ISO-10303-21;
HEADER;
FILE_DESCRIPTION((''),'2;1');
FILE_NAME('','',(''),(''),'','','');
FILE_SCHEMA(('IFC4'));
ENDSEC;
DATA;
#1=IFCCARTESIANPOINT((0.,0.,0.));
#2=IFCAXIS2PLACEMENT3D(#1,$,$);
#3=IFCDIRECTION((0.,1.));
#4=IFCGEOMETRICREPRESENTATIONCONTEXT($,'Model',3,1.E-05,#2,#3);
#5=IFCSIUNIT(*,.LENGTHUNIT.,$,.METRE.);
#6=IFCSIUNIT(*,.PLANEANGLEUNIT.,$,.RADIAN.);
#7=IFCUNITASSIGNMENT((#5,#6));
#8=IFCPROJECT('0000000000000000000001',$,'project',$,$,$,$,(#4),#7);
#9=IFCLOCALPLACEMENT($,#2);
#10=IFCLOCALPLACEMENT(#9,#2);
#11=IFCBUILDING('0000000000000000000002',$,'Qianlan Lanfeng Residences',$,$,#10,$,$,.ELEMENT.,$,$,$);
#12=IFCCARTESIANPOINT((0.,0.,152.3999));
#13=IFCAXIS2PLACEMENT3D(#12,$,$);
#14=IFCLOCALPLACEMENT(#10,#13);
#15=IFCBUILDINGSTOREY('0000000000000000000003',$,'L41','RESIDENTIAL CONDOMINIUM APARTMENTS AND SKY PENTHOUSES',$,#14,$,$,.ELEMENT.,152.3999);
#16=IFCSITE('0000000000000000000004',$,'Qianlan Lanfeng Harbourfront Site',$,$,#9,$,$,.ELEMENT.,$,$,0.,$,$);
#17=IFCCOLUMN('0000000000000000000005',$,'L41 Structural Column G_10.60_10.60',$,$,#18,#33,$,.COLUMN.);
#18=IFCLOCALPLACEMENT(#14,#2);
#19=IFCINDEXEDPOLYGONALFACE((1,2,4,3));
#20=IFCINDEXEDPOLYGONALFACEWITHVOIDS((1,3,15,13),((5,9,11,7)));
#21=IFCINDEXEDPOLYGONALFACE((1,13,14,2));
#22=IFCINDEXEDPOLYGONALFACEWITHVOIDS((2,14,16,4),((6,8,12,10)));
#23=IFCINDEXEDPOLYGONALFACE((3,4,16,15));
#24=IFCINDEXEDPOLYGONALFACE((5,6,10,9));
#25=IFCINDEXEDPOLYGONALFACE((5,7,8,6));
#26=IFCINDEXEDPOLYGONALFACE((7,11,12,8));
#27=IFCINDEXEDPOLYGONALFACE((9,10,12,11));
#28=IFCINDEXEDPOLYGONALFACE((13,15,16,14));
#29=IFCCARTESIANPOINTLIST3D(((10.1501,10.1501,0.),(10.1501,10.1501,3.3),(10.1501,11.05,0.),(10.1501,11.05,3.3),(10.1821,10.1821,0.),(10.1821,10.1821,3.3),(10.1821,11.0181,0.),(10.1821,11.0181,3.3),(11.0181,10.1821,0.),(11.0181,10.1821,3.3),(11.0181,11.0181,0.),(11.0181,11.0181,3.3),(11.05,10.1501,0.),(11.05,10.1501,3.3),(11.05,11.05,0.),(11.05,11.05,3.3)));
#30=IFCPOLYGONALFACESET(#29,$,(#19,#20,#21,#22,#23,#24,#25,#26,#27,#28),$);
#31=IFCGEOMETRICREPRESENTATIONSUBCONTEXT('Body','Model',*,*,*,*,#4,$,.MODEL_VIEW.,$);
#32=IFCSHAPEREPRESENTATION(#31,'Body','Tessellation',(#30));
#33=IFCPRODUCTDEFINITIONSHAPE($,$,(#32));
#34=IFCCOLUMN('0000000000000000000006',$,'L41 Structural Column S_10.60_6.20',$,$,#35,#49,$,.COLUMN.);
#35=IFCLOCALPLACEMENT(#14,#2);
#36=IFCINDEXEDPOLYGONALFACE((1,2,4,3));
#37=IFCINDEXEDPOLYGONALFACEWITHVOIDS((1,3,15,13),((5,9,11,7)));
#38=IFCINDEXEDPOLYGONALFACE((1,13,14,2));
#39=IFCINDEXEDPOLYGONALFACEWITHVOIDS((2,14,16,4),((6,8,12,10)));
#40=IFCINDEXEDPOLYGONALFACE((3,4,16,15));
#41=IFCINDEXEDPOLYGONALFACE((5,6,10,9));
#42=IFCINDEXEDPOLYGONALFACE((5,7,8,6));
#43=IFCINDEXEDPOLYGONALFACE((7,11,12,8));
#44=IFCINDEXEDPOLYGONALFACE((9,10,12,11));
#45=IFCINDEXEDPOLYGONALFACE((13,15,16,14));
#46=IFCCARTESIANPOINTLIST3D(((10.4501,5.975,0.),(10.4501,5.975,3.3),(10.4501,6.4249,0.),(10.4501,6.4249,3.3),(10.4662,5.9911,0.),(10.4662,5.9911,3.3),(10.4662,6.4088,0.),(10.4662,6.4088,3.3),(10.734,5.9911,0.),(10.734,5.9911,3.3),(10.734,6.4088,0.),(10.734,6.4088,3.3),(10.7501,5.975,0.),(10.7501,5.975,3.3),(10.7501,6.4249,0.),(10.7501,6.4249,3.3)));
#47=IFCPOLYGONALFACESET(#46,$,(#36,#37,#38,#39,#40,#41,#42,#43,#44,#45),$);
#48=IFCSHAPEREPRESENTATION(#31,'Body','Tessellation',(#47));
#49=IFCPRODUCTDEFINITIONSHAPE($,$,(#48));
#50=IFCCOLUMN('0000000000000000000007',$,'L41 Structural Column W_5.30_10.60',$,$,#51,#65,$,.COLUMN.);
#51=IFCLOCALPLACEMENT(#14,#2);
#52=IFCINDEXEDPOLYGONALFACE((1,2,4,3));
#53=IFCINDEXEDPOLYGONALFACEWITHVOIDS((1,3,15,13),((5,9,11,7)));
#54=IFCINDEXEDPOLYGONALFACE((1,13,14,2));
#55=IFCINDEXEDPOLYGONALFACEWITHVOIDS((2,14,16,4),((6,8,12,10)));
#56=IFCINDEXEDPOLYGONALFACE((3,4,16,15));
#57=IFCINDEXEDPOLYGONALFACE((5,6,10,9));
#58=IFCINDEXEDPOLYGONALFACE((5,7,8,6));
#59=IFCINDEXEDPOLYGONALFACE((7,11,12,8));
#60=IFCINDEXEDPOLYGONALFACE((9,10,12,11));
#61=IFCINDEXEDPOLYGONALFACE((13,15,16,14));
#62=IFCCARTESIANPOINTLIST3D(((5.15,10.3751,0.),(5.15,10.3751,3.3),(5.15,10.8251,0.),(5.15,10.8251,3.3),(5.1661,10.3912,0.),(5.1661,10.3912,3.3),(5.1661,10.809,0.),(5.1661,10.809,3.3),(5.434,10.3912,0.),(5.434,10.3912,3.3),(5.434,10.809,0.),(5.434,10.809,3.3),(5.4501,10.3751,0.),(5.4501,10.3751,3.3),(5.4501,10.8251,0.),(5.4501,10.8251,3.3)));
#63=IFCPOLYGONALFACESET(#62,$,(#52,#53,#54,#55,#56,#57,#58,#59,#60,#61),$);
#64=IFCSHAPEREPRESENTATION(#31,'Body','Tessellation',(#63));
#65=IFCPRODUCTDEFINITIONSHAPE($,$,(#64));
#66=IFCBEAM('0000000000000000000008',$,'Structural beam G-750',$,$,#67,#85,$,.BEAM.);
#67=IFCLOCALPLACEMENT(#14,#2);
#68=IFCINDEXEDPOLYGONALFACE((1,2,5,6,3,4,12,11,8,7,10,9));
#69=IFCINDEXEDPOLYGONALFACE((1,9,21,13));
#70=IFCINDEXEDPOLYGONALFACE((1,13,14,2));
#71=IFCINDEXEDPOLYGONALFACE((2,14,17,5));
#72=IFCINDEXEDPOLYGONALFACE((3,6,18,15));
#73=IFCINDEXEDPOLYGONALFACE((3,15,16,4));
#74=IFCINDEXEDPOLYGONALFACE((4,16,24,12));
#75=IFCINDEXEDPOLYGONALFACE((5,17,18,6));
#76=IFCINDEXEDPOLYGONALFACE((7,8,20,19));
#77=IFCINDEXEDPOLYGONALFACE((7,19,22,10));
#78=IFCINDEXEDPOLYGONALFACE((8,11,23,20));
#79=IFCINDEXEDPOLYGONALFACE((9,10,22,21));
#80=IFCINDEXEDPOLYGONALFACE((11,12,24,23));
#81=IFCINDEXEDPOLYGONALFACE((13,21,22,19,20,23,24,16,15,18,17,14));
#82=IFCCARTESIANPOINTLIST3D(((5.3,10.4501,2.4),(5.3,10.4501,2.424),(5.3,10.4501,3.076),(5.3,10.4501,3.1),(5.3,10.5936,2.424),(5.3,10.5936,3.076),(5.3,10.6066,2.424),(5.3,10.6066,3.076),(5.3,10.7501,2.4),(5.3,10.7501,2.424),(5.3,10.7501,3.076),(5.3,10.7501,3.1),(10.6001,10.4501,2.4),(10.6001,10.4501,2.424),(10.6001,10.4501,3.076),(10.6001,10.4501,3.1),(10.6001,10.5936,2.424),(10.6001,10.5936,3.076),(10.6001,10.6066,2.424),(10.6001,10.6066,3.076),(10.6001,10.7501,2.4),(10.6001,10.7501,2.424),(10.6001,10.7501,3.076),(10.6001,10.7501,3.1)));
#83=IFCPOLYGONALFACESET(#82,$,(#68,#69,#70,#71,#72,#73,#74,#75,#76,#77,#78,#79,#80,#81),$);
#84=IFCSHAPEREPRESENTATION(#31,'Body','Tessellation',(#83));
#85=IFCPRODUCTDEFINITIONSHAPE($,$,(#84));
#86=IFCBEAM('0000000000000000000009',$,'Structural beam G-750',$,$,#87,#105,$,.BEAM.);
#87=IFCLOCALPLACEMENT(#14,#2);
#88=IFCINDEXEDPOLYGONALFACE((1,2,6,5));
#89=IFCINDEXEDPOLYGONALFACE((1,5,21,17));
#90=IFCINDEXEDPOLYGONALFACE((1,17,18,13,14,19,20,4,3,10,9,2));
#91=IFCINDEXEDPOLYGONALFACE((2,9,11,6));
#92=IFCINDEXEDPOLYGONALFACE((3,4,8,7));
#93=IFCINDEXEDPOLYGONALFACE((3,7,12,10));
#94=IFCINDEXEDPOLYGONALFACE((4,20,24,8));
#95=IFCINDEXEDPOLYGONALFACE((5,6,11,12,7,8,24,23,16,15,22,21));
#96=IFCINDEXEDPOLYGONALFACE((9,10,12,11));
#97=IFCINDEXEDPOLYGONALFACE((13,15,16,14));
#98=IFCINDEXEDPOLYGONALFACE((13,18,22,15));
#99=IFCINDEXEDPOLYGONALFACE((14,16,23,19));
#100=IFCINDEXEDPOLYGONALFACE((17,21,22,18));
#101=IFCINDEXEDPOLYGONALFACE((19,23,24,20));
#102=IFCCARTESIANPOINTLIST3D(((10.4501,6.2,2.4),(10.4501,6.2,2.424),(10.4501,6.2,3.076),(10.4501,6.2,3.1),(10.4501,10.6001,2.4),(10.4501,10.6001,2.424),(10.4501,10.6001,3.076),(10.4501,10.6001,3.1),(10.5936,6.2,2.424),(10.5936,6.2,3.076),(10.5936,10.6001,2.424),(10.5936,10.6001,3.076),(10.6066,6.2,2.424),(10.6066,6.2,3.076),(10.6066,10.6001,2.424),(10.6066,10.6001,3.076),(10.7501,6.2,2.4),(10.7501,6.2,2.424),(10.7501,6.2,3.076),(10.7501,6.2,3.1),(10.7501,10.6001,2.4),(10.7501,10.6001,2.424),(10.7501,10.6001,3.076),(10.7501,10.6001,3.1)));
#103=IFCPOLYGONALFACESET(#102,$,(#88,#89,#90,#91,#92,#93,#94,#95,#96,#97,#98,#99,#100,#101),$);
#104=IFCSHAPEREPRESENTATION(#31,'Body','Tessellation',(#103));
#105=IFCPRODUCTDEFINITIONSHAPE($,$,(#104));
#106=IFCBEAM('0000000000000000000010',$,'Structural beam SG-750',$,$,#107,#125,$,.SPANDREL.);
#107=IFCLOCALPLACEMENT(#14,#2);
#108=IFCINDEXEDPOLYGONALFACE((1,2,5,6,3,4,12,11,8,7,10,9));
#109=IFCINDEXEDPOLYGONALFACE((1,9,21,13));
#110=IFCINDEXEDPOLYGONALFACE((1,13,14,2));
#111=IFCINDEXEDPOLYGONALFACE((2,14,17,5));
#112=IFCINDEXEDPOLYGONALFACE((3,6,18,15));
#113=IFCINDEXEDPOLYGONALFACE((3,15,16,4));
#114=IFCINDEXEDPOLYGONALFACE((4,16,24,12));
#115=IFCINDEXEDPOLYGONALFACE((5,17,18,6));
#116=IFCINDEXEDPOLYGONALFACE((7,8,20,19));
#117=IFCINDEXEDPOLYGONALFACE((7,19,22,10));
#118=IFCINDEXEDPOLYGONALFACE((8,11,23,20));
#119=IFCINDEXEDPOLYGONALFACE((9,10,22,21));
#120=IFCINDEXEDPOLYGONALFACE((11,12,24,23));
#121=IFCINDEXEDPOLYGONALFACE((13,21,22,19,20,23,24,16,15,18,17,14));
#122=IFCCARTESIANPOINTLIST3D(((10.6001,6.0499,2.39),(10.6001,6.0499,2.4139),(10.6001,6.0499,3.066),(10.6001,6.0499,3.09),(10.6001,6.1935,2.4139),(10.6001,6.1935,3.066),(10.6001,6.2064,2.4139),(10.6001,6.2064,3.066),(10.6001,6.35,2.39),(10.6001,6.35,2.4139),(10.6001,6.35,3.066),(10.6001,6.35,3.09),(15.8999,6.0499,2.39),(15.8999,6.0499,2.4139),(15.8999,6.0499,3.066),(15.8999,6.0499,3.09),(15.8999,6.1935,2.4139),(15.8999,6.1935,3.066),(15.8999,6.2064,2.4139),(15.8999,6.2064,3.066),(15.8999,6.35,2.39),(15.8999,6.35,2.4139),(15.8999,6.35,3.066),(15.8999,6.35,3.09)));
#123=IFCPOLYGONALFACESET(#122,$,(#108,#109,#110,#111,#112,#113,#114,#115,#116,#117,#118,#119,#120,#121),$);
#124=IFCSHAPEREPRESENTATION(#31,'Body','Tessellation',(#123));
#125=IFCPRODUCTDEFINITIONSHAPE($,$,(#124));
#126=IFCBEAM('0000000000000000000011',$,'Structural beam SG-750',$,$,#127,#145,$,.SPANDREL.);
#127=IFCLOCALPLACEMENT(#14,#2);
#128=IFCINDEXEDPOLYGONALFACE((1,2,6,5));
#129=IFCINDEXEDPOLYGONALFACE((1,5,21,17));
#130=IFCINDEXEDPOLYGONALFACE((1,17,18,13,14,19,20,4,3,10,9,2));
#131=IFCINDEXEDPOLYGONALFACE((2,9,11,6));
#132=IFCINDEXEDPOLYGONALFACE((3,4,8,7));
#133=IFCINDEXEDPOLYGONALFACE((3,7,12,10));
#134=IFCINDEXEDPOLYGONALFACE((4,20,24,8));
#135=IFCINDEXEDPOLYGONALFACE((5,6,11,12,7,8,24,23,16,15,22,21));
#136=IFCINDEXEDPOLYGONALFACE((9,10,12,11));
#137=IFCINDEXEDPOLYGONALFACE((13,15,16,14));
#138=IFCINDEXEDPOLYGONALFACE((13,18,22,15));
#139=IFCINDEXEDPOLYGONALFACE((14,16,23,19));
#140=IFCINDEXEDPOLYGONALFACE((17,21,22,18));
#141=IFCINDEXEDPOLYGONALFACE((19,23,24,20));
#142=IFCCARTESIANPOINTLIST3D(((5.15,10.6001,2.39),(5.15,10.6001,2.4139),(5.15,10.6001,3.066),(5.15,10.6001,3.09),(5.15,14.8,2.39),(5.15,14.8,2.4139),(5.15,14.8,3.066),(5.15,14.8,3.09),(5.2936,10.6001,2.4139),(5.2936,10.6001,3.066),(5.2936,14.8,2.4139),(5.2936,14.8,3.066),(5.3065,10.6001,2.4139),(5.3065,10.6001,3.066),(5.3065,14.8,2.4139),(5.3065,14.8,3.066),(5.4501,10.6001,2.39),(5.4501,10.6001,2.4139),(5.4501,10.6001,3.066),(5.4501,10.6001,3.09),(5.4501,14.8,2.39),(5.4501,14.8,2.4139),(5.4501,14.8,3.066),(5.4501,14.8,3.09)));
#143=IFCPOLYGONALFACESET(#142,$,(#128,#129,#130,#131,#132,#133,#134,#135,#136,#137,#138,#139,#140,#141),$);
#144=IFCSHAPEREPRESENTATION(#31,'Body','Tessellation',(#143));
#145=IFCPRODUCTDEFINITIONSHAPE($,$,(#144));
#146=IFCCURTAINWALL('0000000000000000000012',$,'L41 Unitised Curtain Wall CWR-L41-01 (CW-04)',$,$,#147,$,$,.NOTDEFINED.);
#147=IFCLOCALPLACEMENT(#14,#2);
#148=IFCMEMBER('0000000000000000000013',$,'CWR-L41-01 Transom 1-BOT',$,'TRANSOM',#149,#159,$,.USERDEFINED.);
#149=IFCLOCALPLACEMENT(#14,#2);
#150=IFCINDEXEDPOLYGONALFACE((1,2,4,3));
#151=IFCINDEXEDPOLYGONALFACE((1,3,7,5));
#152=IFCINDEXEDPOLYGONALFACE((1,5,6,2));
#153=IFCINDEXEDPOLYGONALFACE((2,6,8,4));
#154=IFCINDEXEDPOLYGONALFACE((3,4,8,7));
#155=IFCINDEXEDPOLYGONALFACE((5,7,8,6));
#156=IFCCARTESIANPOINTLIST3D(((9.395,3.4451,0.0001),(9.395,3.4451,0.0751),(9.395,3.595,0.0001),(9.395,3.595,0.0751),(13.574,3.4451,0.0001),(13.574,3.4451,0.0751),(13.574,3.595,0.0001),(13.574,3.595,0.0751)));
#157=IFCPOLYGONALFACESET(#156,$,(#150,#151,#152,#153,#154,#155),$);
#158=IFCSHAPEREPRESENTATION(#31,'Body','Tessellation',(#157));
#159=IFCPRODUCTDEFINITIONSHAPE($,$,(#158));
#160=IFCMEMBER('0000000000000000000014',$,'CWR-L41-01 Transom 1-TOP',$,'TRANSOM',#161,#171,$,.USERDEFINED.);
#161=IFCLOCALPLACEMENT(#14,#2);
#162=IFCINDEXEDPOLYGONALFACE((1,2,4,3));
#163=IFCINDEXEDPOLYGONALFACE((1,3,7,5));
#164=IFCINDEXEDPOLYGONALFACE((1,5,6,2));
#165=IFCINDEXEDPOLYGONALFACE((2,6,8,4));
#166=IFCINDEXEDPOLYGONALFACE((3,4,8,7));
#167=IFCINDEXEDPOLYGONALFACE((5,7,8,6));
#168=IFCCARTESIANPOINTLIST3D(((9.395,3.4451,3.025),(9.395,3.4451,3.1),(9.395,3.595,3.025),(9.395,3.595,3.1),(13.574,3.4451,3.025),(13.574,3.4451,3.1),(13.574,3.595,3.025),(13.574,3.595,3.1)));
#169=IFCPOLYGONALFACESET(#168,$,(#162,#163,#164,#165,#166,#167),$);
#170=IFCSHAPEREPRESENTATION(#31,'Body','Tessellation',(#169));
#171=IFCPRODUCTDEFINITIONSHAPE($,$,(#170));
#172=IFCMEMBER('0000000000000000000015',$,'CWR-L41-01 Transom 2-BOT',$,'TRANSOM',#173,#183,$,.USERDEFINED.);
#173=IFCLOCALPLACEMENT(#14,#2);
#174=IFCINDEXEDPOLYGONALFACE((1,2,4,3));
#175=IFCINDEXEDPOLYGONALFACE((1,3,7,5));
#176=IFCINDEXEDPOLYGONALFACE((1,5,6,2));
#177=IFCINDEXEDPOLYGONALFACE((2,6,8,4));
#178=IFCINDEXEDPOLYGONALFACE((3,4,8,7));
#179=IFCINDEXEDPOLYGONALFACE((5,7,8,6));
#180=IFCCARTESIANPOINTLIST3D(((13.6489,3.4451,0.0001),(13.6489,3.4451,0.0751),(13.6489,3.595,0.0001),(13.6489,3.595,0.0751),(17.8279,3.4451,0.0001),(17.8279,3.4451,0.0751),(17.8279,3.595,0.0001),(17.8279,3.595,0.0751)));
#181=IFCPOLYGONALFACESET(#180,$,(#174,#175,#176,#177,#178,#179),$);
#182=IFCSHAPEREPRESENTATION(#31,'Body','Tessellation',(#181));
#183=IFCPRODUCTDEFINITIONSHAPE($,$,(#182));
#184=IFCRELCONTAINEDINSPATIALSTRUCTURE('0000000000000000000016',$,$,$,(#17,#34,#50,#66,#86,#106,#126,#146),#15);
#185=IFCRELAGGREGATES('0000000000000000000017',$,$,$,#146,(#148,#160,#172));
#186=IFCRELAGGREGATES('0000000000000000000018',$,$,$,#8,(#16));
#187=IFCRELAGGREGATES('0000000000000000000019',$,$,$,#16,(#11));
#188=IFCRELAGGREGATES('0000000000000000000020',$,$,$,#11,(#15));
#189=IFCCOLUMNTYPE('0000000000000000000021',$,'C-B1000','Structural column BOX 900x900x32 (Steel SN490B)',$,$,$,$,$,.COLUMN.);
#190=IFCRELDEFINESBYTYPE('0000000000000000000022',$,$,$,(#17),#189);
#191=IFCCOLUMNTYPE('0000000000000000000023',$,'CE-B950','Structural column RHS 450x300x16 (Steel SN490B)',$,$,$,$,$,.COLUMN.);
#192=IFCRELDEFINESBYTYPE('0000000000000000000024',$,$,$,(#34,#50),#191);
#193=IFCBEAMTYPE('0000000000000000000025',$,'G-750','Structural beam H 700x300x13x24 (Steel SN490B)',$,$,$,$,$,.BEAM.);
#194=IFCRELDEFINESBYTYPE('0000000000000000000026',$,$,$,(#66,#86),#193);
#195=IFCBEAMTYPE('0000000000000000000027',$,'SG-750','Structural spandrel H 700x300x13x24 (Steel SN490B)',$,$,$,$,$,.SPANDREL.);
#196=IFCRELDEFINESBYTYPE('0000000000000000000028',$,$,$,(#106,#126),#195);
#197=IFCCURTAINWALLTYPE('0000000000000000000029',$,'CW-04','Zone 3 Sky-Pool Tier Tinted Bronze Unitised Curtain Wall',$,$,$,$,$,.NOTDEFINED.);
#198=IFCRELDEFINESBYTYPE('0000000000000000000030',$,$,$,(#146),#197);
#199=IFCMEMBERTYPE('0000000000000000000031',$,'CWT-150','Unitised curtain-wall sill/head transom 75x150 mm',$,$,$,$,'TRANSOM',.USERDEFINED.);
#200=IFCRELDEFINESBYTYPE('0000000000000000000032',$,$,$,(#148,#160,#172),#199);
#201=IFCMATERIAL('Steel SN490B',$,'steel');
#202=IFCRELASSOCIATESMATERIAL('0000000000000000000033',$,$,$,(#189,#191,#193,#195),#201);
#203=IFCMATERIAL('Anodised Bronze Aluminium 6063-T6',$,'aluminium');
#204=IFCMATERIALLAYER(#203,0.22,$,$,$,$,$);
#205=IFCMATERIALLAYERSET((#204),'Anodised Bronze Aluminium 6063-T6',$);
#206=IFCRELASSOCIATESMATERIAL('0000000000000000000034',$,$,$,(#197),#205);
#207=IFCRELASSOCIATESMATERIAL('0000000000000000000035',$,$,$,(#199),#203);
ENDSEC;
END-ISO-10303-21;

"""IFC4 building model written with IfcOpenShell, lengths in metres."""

from ifc_helpers import new_model, si_unit, direction, frame, origin, origin_2d, place, context, subcontext, project, spatial, rectangle, hollow_rectangle, i_section, extrude, source, transform, mapped, material, layer, layer_set, material_profile, profile_set, type_object, element, aggregate, save


model = new_model("IFC4")

# Units and contexts
model_context = context("Model", 3, precision=1e-05, world=origin(), true_north=direction((0.0, 1.0)))
body_context = subcontext(model_context, "Body", "Model", "MODEL_VIEW")
ifc_project = project(units=[si_unit("LENGTHUNIT", "METRE"), si_unit("PLANEANGLEUNIT", "RADIAN")], contexts=[model_context])

# Site, building, storey
site_placement = place(None, origin())
site = spatial("IfcSite", under=ifc_project, at=site_placement, Name="Qianlan Lanfeng Harbourfront Site", CompositionType="ELEMENT", RefElevation=0.0)
building_placement = place(site_placement, origin())
building = spatial("IfcBuilding", under=site, at=building_placement, Name="Qianlan Lanfeng Residences", CompositionType="ELEMENT")
storey_placement = place(building_placement, frame((0.0, 0.0, 152.3999)))
storey = spatial("IfcBuildingStorey", under=building, at=storey_placement, Name="L41", Description="RESIDENTIAL CONDOMINIUM APARTMENTS AND SKY PENTHOUSES", CompositionType="ELEMENT", Elevation=152.3999)

# Columns
ifc_material_1 = material(Name="Steel SN490B", Category="steel")
ifc_material_profile_1 = material_profile(ifc_material_1, hollow_rectangle(XDim=0.8999, YDim=0.8999, WallThickness=0.032, at=origin_2d()), Name="BOX 900x900x32")
ifc_profile_set_1 = profile_set([ifc_material_profile_1], Name="Steel SN490B")
column_type_1 = type_object("IfcColumnType", Name="C-B1000", Description="Structural column BOX 900x900x32 (Steel SN490B)", PredefinedType="COLUMN", material=ifc_profile_set_1)
column_placement = place(storey_placement, frame((10.6001, 10.6001, 0.0), z_axis=(0.0, 0.0, 1.0), x_axis=(1.0, 0.0, 0.0)))
element("IfcColumn", 1, at=column_placement, inside=storey, type_object=column_type_1, Name="L41 Structural Column G_10.60_10.60", PredefinedType="COLUMN", context=body_context, shape_type="SweptSolid", body=[
    extrude(hollow_rectangle(XDim=0.8999, YDim=0.8999, WallThickness=0.032, at=origin_2d()), origin(), (0.0, 0.0, 1.0), 3.3),
])
ifc_material_profile_2 = material_profile(ifc_material_1, hollow_rectangle(XDim=0.3, YDim=0.45, WallThickness=0.0161, at=origin_2d()), Name="RHS 450x300x16")
ifc_profile_set_2 = profile_set([ifc_material_profile_2], Name="Steel SN490B")
column_type_2 = type_object("IfcColumnType", Name="CE-B950", Description="Structural column RHS 450x300x16 (Steel SN490B)", PredefinedType="COLUMN", material=ifc_profile_set_2)
for number, where, z_axis, x_axis, name in (
    (2, (10.6001, 6.2, 0.0), (0.0, 0.0, 1.0), (1.0, 0.0, 0.0), "L41 Structural Column S_10.60_6.20"),
    (3, (5.3, 10.6001, 0.0), (0.0, 0.0, 1.0), (1.0, 0.0, 0.0), "L41 Structural Column W_5.30_10.60"),
):
    element("IfcColumn", number, at=place(storey_placement, frame(where, z_axis=z_axis, x_axis=x_axis)), inside=storey, type_object=column_type_2, Name=name, PredefinedType="COLUMN", context=body_context, shape_type="SweptSolid", body=[
        extrude(hollow_rectangle(XDim=0.3, YDim=0.45, WallThickness=0.0161, at=origin_2d()), origin(), (0.0, 0.0, 1.0), 3.3),
    ])

# Beams
ifc_material_profile_3 = material_profile(ifc_material_1, i_section(OverallWidth=0.3, OverallDepth=0.7, WebThickness=0.0129, FlangeThickness=0.0239, at=origin_2d()), Name="H 700x300x13x24")
ifc_profile_set_3 = profile_set([ifc_material_profile_3], Name="Steel SN490B")
beam_type_1 = type_object("IfcBeamType", Name="G-750", Description="Structural beam H 700x300x13x24 (Steel SN490B)", PredefinedType="BEAM", material=ifc_profile_set_3)
beam_1_placement = place(storey_placement, frame((5.3, 10.6001, 2.75), z_axis=(1.0, 0.0, 0.0), x_axis=(0.0, 1.0, 0.0)))
element("IfcBeam", 4, at=beam_1_placement, inside=storey, type_object=beam_type_1, Name="Structural beam G-750", PredefinedType="BEAM", context=body_context, shape_type="SweptSolid", body=[
    extrude(i_section(OverallWidth=0.3, OverallDepth=0.7, WebThickness=0.0129, FlangeThickness=0.0239, at=origin_2d()), origin(), (0.0, 0.0, 1.0), 5.3),
])
beam_2_placement = place(storey_placement, frame((10.6001, 6.2, 2.75), z_axis=(0.0, 1.0, 0.0), x_axis=(-1.0, 0.0, 0.0)))
element("IfcBeam", 5, at=beam_2_placement, inside=storey, type_object=beam_type_1, Name="Structural beam G-750", PredefinedType="BEAM", context=body_context, shape_type="SweptSolid", body=[
    extrude(i_section(OverallWidth=0.3, OverallDepth=0.7, WebThickness=0.0129, FlangeThickness=0.0239, at=origin_2d()), origin(), (0.0, 0.0, 1.0), 4.4001),
])
ifc_material_profile_4 = material_profile(ifc_material_1, i_section(OverallWidth=0.3, OverallDepth=0.7, WebThickness=0.0129, FlangeThickness=0.0239, at=origin_2d()), Name="H 700x300x13x24")
ifc_profile_set_4 = profile_set([ifc_material_profile_4], Name="Steel SN490B")
beam_type_2 = type_object("IfcBeamType", Name="SG-750", Description="Structural spandrel H 700x300x13x24 (Steel SN490B)", PredefinedType="SPANDREL", material=ifc_profile_set_4)
beam_3_placement = place(storey_placement, frame((10.6001, 6.2, 2.74), z_axis=(1.0, 0.0, 0.0), x_axis=(0.0, 1.0, 0.0)))
element("IfcBeam", 6, at=beam_3_placement, inside=storey, type_object=beam_type_2, Name="Structural beam SG-750", PredefinedType="SPANDREL", context=body_context, shape_type="SweptSolid", body=[
    extrude(i_section(OverallWidth=0.3, OverallDepth=0.7, WebThickness=0.0129, FlangeThickness=0.0239, at=origin_2d()), origin(), (0.0, 0.0, 1.0), 5.2998),
])
beam_4_placement = place(storey_placement, frame((5.3, 10.6001, 2.74), z_axis=(0.0, 1.0, 0.0), x_axis=(-1.0, 0.0, 0.0)))
element("IfcBeam", 7, at=beam_4_placement, inside=storey, type_object=beam_type_2, Name="Structural beam SG-750", PredefinedType="SPANDREL", context=body_context, shape_type="SweptSolid", body=[
    extrude(i_section(OverallWidth=0.3, OverallDepth=0.7, WebThickness=0.0129, FlangeThickness=0.0239, at=origin_2d()), origin(), (0.0, 0.0, 1.0), 4.2),
])

# Curtain wall, members
ifc_material_2 = material(Name="Anodised Bronze Aluminium 6063-T6", Category="aluminium")
ifc_layer_1 = layer(ifc_material_2, 0.22)
ifc_layer_set_1 = layer_set([ifc_layer_1], Name="Anodised Bronze Aluminium 6063-T6")
curtain_wall_type = type_object("IfcCurtainWallType", Name="CW-04", Description="Zone 3 Sky-Pool Tier Tinted Bronze Unitised Curtain Wall", PredefinedType="NOTDEFINED", material=ifc_layer_set_1)
curtain_wall_placement = place(storey_placement, origin())
curtain_wall = element("IfcCurtainWall", 8, at=curtain_wall_placement, inside=storey, type_object=curtain_wall_type, Name="L41 Unitised Curtain Wall CWR-L41-01 (CW-04)", PredefinedType="NOTDEFINED")
ifc_material_profile_5 = material_profile(ifc_material_2, rectangle(XDim=0.075, YDim=0.1499, at=origin_2d()), Name="ALU TRANSOM 75x150")
ifc_profile_set_5 = profile_set([ifc_material_profile_5], Name="Anodised Bronze Aluminium 6063-T6")
member_type_1 = type_object("IfcMemberType", Name="CWT-150", Description="Unitised curtain-wall sill/head transom 75x150 mm", ElementType="TRANSOM", PredefinedType="USERDEFINED", material=ifc_profile_set_5)
shared_shape_1 = source(origin(), body_context, "Body", "SweptSolid", [
    extrude(rectangle(XDim=0.075, YDim=0.1499, at=origin_2d()), origin(), (0.0, 0.0, 1.0), 4.179),
])
member_1_placement = place(storey_placement, frame((9.395, 3.52, 0.0376), z_axis=(1.0, 0.0, 0.0), x_axis=(0.0, 0.0, 1.0)))
member_1 = element("IfcMember", 9, at=member_1_placement, type_object=member_type_1, Name="CWR-L41-01 Transom 1-BOT", ObjectType="TRANSOM", PredefinedType="USERDEFINED", context=body_context, shape_type="MappedRepresentation", body=[
    mapped(shared_shape_1, transform((0.0, 0.0, 0.0), scale=1.0)),
])
member_2_placement = place(storey_placement, frame((9.395, 3.52, 3.0625), z_axis=(1.0, 0.0, 0.0), x_axis=(0.0, 0.0, 1.0)))
member_2 = element("IfcMember", 10, at=member_2_placement, type_object=member_type_1, Name="CWR-L41-01 Transom 1-TOP", ObjectType="TRANSOM", PredefinedType="USERDEFINED", context=body_context, shape_type="MappedRepresentation", body=[
    mapped(shared_shape_1, transform((0.0, 0.0, 0.0), scale=1.0)),
])
member_3_placement = place(storey_placement, frame((13.6489, 3.52, 0.0376), z_axis=(1.0, 0.0, 0.0), x_axis=(0.0, 0.0, 1.0)))
member_3 = element("IfcMember", 11, at=member_3_placement, type_object=member_type_1, Name="CWR-L41-01 Transom 2-BOT", ObjectType="TRANSOM", PredefinedType="USERDEFINED", context=body_context, shape_type="MappedRepresentation", body=[
    mapped(shared_shape_1, transform((0.0, 0.0, 0.0), scale=1.0)),
])
aggregate(curtain_wall, [member_1, member_2, member_3])

save(model, "model.ifc")
